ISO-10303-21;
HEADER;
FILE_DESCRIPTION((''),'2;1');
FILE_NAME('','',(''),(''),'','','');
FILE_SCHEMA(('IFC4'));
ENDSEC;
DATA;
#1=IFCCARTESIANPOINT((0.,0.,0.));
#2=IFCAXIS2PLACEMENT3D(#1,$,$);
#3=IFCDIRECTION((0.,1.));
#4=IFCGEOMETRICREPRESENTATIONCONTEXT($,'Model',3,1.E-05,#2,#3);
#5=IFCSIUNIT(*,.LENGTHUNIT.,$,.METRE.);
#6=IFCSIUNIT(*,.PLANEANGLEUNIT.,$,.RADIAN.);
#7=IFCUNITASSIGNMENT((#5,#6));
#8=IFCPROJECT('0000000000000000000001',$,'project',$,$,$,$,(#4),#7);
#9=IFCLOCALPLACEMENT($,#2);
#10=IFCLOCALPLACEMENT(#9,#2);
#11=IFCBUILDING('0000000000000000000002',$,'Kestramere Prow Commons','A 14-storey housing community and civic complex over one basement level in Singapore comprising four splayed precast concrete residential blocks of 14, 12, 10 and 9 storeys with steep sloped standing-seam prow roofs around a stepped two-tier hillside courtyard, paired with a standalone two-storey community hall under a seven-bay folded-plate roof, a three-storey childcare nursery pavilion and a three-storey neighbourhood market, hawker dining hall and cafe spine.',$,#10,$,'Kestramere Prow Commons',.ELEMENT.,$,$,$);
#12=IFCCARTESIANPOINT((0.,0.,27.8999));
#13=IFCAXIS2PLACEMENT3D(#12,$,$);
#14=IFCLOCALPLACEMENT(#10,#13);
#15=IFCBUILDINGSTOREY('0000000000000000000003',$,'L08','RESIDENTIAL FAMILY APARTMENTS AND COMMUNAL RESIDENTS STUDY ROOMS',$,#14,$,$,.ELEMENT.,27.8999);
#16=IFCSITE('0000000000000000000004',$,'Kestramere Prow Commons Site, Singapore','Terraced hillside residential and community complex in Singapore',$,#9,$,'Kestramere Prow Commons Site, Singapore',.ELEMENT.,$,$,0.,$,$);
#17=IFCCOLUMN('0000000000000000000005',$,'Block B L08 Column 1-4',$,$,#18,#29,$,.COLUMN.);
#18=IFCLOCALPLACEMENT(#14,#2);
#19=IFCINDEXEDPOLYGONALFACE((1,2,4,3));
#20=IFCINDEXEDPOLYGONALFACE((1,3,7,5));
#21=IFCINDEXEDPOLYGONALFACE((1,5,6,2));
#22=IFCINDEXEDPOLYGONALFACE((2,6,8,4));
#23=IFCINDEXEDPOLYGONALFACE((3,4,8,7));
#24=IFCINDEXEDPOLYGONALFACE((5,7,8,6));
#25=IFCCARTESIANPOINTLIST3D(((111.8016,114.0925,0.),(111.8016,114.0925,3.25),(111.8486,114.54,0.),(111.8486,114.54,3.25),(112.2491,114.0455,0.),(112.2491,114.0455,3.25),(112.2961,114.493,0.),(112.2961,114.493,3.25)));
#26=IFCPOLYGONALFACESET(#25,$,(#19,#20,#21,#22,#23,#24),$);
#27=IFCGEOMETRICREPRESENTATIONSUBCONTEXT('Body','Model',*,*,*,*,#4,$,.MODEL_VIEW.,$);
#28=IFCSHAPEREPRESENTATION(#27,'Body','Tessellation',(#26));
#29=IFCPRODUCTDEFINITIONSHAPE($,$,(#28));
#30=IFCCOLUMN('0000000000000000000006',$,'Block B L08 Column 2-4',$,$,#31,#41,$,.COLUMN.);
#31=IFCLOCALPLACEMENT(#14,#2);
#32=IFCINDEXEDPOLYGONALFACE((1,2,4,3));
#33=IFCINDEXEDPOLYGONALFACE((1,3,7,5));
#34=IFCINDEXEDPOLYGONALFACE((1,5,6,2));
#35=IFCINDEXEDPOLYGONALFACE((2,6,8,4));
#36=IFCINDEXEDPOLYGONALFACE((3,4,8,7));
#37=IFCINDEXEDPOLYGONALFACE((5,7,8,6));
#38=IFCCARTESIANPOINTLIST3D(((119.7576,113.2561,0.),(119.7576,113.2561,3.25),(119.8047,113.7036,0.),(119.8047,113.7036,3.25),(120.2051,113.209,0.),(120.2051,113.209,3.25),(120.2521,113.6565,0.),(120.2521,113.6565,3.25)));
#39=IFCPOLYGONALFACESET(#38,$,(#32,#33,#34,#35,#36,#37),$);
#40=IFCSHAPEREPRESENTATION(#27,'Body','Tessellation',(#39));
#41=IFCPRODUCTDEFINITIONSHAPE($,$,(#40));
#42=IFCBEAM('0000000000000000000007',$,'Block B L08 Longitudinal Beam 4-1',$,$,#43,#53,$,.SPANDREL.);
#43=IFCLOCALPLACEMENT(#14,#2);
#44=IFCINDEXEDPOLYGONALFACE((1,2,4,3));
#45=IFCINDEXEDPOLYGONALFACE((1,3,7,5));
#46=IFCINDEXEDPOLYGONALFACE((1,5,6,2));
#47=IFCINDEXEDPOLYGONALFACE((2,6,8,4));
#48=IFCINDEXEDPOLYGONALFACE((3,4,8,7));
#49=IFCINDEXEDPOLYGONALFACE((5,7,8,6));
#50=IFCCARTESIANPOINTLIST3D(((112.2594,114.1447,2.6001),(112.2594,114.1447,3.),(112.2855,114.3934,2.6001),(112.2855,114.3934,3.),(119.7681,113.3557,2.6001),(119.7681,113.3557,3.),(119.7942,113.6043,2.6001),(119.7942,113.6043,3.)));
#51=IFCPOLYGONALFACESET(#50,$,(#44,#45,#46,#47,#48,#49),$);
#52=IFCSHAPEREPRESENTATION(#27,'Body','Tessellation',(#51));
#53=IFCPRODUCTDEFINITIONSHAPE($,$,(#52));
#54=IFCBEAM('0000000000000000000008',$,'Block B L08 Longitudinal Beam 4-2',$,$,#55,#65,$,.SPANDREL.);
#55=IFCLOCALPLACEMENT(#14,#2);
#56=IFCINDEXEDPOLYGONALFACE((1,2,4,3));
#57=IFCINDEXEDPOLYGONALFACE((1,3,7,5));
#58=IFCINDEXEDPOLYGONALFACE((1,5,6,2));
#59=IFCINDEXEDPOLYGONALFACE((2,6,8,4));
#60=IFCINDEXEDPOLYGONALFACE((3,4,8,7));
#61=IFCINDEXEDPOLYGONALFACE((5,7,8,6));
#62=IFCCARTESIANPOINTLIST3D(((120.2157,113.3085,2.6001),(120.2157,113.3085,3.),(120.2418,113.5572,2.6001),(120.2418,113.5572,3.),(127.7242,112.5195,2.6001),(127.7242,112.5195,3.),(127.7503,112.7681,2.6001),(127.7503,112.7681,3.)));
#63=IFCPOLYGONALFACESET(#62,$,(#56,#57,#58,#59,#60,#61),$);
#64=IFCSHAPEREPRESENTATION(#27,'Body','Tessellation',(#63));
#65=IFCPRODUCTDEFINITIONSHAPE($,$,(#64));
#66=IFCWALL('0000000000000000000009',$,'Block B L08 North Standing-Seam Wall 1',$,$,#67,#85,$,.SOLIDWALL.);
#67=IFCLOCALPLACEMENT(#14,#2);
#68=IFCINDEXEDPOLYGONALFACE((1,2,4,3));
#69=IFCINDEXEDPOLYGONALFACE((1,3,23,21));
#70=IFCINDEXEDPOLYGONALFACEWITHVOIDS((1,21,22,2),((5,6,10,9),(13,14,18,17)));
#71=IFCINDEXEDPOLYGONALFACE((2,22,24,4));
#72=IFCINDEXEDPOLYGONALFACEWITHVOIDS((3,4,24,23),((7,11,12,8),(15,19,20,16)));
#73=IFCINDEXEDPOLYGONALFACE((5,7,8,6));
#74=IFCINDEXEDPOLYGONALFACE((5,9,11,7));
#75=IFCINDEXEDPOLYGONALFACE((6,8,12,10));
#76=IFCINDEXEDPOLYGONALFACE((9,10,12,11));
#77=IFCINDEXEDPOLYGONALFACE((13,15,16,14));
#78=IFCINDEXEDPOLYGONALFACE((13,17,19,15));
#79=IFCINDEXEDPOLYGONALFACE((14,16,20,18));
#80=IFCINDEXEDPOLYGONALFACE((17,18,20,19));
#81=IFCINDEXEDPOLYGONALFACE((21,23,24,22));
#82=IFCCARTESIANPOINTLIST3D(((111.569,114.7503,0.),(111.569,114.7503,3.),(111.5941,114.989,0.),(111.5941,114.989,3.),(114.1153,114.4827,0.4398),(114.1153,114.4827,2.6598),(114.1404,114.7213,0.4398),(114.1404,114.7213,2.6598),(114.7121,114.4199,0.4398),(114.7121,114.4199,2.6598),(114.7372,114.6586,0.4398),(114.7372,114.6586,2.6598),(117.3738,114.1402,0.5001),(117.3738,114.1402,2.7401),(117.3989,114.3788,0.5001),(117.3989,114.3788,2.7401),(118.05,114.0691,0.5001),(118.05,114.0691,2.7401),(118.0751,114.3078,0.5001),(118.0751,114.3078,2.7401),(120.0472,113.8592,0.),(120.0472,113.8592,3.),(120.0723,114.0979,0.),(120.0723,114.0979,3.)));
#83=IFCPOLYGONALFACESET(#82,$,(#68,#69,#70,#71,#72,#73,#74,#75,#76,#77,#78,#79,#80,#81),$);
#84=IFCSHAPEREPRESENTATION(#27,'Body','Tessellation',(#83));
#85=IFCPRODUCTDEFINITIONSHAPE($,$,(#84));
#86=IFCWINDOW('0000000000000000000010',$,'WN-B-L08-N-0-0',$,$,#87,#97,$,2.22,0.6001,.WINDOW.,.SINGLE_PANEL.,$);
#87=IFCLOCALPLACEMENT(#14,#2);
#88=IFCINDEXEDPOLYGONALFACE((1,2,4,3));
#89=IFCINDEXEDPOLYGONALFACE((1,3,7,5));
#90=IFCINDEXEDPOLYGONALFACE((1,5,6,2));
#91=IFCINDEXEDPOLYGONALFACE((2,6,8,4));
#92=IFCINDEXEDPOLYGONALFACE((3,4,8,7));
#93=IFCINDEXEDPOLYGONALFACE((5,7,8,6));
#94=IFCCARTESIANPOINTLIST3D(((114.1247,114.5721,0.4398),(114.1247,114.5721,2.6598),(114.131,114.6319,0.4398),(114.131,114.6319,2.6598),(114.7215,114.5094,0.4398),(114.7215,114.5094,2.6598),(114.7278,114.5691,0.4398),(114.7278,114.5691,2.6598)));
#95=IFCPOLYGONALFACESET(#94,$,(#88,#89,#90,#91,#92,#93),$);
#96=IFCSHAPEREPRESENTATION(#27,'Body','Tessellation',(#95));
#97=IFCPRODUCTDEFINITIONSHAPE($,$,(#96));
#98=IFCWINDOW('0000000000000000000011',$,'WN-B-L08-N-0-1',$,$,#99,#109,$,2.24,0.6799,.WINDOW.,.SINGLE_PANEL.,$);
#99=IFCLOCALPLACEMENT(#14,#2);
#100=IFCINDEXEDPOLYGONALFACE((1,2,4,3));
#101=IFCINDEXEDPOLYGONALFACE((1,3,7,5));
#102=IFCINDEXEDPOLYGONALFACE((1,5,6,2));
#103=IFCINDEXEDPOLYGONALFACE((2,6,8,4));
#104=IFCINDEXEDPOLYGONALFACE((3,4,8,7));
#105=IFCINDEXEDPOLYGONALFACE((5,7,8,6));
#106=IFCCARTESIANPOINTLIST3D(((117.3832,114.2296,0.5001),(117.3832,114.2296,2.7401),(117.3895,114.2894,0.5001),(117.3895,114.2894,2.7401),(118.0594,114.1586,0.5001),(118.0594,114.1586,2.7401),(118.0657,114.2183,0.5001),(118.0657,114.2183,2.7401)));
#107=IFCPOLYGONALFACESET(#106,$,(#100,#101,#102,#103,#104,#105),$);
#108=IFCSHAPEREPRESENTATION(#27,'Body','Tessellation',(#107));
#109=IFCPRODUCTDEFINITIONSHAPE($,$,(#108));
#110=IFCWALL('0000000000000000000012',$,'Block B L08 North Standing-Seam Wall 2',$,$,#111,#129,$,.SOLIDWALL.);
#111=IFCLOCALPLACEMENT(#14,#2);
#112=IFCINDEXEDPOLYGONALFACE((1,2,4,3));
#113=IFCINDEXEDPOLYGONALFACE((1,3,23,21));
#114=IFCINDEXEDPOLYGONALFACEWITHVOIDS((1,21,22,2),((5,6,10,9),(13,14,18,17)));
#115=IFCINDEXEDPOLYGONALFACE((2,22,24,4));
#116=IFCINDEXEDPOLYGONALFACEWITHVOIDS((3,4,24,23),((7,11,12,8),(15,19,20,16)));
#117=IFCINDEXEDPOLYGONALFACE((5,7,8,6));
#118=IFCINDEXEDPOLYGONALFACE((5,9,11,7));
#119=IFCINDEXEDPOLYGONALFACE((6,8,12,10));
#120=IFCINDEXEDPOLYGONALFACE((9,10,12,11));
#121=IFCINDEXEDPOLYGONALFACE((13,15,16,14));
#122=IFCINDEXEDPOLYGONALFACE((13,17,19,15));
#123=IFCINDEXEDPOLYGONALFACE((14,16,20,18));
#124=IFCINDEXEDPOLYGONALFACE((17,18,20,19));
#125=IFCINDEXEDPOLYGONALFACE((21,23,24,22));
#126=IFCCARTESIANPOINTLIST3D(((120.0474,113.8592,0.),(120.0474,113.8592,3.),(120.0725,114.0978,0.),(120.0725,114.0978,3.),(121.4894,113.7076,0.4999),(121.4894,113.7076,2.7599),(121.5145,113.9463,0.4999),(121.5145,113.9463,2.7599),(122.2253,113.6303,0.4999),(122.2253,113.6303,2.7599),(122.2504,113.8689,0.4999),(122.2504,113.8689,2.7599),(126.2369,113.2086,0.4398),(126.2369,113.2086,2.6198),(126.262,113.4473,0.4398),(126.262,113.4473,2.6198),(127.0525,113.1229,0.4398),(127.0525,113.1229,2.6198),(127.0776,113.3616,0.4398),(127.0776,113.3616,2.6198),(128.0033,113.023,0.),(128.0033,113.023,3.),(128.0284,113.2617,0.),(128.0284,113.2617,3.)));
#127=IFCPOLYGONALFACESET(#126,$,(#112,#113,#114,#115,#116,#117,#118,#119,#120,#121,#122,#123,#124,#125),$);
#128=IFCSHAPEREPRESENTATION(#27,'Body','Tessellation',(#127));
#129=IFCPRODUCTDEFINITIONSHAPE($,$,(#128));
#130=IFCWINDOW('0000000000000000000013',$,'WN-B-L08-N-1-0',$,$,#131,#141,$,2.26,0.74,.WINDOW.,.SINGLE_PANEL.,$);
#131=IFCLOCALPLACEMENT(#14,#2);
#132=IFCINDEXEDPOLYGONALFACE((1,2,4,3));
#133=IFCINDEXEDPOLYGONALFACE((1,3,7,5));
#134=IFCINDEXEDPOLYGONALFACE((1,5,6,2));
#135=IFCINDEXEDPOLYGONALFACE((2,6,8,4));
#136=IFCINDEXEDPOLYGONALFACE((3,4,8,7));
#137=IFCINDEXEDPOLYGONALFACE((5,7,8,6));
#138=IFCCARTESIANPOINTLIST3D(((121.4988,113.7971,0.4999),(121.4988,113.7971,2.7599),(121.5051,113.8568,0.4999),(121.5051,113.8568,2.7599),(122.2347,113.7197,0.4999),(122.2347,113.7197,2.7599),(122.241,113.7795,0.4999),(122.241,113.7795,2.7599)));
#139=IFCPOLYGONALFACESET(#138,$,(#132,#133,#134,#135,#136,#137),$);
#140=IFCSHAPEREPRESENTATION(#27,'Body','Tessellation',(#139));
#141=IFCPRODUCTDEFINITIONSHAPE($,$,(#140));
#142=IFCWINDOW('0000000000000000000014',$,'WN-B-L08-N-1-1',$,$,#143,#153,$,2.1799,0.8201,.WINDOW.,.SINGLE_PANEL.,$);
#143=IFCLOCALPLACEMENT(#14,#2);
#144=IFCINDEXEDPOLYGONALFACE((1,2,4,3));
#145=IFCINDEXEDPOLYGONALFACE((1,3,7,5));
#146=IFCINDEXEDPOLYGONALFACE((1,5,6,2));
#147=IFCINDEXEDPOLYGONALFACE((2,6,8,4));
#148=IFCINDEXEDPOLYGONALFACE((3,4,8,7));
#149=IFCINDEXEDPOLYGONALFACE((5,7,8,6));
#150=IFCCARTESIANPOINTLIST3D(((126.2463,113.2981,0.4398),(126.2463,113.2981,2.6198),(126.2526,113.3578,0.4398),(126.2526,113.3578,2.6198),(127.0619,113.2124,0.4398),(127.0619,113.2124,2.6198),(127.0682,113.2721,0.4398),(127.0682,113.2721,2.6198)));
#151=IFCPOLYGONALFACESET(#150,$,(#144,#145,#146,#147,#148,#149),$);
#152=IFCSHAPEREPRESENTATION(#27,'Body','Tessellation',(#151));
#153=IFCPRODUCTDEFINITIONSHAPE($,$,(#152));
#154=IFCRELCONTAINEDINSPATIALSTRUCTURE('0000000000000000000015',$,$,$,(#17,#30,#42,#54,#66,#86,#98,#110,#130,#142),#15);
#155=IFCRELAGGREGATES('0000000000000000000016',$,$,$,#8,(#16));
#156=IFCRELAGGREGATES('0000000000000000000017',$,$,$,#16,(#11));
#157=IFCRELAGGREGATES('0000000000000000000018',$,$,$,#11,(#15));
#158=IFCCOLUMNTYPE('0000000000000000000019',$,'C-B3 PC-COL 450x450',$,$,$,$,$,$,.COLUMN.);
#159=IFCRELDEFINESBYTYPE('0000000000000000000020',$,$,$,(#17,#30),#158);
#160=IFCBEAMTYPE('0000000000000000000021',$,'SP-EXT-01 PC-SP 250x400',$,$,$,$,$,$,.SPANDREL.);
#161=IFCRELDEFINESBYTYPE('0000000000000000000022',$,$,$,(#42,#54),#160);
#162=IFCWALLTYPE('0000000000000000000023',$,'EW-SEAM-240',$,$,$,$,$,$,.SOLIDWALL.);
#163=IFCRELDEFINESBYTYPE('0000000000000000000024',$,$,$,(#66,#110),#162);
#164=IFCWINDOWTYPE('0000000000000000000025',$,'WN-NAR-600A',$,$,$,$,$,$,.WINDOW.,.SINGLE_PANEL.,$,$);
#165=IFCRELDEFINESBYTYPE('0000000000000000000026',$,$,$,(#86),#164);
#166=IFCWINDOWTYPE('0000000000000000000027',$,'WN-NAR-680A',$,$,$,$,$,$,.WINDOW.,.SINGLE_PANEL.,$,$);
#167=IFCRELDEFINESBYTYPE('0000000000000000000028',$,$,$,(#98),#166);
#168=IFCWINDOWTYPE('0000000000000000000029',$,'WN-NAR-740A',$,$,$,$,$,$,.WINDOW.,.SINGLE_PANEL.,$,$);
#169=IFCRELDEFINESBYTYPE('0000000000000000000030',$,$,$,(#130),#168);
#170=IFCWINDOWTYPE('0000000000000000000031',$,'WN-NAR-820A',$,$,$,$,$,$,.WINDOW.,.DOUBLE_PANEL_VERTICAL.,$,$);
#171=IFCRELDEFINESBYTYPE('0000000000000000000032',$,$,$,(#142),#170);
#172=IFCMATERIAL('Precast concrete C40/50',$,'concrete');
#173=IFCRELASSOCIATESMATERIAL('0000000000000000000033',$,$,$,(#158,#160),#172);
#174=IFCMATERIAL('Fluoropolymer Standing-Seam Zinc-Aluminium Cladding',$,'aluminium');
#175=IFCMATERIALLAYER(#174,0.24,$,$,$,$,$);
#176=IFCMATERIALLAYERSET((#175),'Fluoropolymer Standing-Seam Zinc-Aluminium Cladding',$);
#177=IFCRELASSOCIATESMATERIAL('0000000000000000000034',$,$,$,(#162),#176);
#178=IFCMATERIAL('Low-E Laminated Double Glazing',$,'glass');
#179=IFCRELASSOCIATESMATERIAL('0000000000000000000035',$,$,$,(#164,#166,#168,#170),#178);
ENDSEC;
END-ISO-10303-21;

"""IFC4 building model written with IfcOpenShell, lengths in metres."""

from ifc_helpers import new_model, si_unit, direction, frame, frame_2d, origin, origin_2d, place, context, subcontext, project, spatial, rectangle, extrude, material, layer, layer_set, material_profile, profile_set, type_object, element, fill, save


model = new_model("IFC4")

# Units and contexts
model_context = context("Model", 3, precision=1e-05, world=origin(), true_north=direction((0.0, 1.0)))
body_context = subcontext(model_context, "Body", "Model", "MODEL_VIEW")
ifc_project = project(units=[si_unit("LENGTHUNIT", "METRE"), si_unit("PLANEANGLEUNIT", "RADIAN")], contexts=[model_context])

# Site, building, storey
site_placement = place(None, origin())
site = spatial("IfcSite", under=ifc_project, at=site_placement, Name="Kestramere Prow Commons Site, Singapore", Description="Terraced hillside residential and community complex in Singapore", LongName="Kestramere Prow Commons Site, Singapore", CompositionType="ELEMENT", RefElevation=0.0)
building_placement = place(site_placement, origin())
building = spatial("IfcBuilding", under=site, at=building_placement, Name="Kestramere Prow Commons", Description="A 14-storey housing community and civic complex over one basement level in Singapore comprising four splayed precast concrete residential blocks of 14, 12, 10 and 9 storeys with steep sloped standing-seam prow roofs around a stepped two-tier hillside courtyard, paired with a standalone two-storey community hall under a seven-bay folded-plate roof, a three-storey childcare nursery pavilion and a three-storey neighbourhood market, hawker dining hall and cafe spine.", LongName="Kestramere Prow Commons", CompositionType="ELEMENT")
storey_placement = place(building_placement, frame((0.0, 0.0, 27.8999)))
storey = spatial("IfcBuildingStorey", under=building, at=storey_placement, Name="L08", Description="RESIDENTIAL FAMILY APARTMENTS AND COMMUNAL RESIDENTS STUDY ROOMS", CompositionType="ELEMENT", Elevation=27.8999)

# Columns
ifc_material_1 = material(Name="Precast concrete C40/50", Category="concrete")
ifc_material_profile_1 = material_profile(ifc_material_1, rectangle(XDim=0.45, YDim=0.45, at=origin_2d()), Name="PC-COL 450x450")
ifc_profile_set_1 = profile_set([ifc_material_profile_1], Name="Precast concrete C40/50")
column_type = type_object("IfcColumnType", Name="C-B3 PC-COL 450x450", PredefinedType="COLUMN", material=ifc_profile_set_1)
for number, where, z_axis, x_axis, name in (
    (1, (112.0488, 114.2927, 0.0), (0.0, 0.0, 1.0), (0.994522, -0.104528, 0.0), "Block B L08 Column 1-4"),
    (2, (120.0049, 113.4563, 0.0), (0.0, 0.0, 1.0), (0.994522, -0.104528, 0.0), "Block B L08 Column 2-4"),
):
    element("IfcColumn", number, at=place(storey_placement, frame(where, z_axis=z_axis, x_axis=x_axis)), inside=storey, type_object=column_type, Name=name, PredefinedType="COLUMN", context=body_context, shape_type="SweptSolid", body=[
        extrude(rectangle(XDim=0.45, YDim=0.45, at=origin_2d()), origin(), (0.0, 0.0, 1.0), 3.25),
    ])

# Beams
ifc_material_profile_2 = material_profile(ifc_material_1, rectangle(XDim=0.25, YDim=0.3999, at=origin_2d()), Name="PC-SP 250x400")
ifc_profile_set_2 = profile_set([ifc_material_profile_2], Name="Precast concrete C40/50")
beam_type = type_object("IfcBeamType", Name="SP-EXT-01 PC-SP 250x400", PredefinedType="SPANDREL", material=ifc_profile_set_2)
beam_1_placement = place(storey_placement, frame((112.2725, 114.269, 2.8), z_axis=(0.994524, -0.10451, 0.0), x_axis=(0.10451, 0.994524, 0.0)))
element("IfcBeam", 3, at=beam_1_placement, inside=storey, type_object=beam_type, Name="Block B L08 Longitudinal Beam 4-1", PredefinedType="SPANDREL", context=body_context, shape_type="SweptSolid", body=[
    extrude(rectangle(XDim=0.25, YDim=0.3999, at=origin_2d()), origin(), (0.0, 0.0, 1.0), 7.55),
])
beam_2_placement = place(storey_placement, frame((120.2288, 113.4329, 2.8), z_axis=(0.994524, -0.104513, 0.0), x_axis=(0.104513, 0.994524, 0.0)))
element("IfcBeam", 4, at=beam_2_placement, inside=storey, type_object=beam_type, Name="Block B L08 Longitudinal Beam 4-2", PredefinedType="SPANDREL", context=body_context, shape_type="SweptSolid", body=[
    extrude(rectangle(XDim=0.25, YDim=0.3999, at=origin_2d()), origin(), (0.0, 0.0, 1.0), 7.5498),
])

# Walls, openings, windows
ifc_material_2 = material(Name="Fluoropolymer Standing-Seam Zinc-Aluminium Cladding", Category="aluminium")
ifc_layer_1 = layer(ifc_material_2, 0.24)
ifc_layer_set_1 = layer_set([ifc_layer_1], Name="Fluoropolymer Standing-Seam Zinc-Aluminium Cladding")
wall_type_1 = type_object("IfcWallType", Name="EW-SEAM-240", PredefinedType="SOLIDWALL", material=ifc_layer_set_1)
wall_1_placement = place(storey_placement, frame((111.5815, 114.8696, 0.0), z_axis=(0.0, 0.0, 1.0), x_axis=(0.994522, -0.10453, 0.0)))
wall_1 = element("IfcWall", 5, at=wall_1_placement, inside=storey, type_object=wall_type_1, Name="Block B L08 North Standing-Seam Wall 1", PredefinedType="SOLIDWALL", context=body_context, shape_type="SweptSolid", body=[
    extrude(rectangle(XDim=8.5249, YDim=0.24, at=frame_2d((4.2625, 0.0))), origin(), (0.0, 0.0, 1.0), 3.0),
])
opening_1_placement = place(wall_1_placement, frame((2.5603, 0.0, 0.4399)))
opening_1 = element("IfcOpeningElement", 6, at=opening_1_placement, cuts=wall_1, PredefinedType="OPENING", context=body_context, shape_type="SweptSolid", body=[
    extrude(rectangle(XDim=0.6001, YDim=2.22, at=frame_2d((0.3, 1.1099))), frame((0.0, 0.135, 0.0), z_axis=(0.0, -1.0, 0.0), x_axis=(1.0, 0.0, 0.0)), (0.0, 0.0, 1.0), 0.27),
])
opening_2_placement = place(wall_1_placement, frame((5.8369, 0.0, 0.5)))
opening_2 = element("IfcOpeningElement", 7, at=opening_2_placement, cuts=wall_1, PredefinedType="OPENING", context=body_context, shape_type="SweptSolid", body=[
    extrude(rectangle(XDim=0.6799, YDim=2.24, at=frame_2d((0.3398, 1.1201))), frame((0.0, 0.135, 0.0), z_axis=(0.0, -1.0, 0.0), x_axis=(1.0, 0.0, 0.0)), (0.0, 0.0, 1.0), 0.27),
])
ifc_material_3 = material(Name="Low-E Laminated Double Glazing", Category="glass")
window_type_1 = type_object("IfcWindowType", Name="WN-NAR-600A", PartitioningType="SINGLE_PANEL", PredefinedType="WINDOW", material=ifc_material_3)
window_1_placement = place(opening_1_placement, origin())
window_1 = element("IfcWindow", 8, at=window_1_placement, inside=storey, type_object=window_type_1, Name="WN-B-L08-N-0-0", OverallHeight=2.22, OverallWidth=0.6001, PartitioningType="SINGLE_PANEL", PredefinedType="WINDOW", context=body_context, shape_type="SweptSolid", body=[
    extrude(rectangle(XDim=0.6001, YDim=2.22, at=frame_2d((0.3, 1.1099))), frame((0.0, 0.03, 0.0), z_axis=(0.0, -1.0, 0.0), x_axis=(1.0, 0.0, 0.0)), (0.0, 0.0, 1.0), 0.0601),
])
fill(opening_1, window_1)
window_type_2 = type_object("IfcWindowType", Name="WN-NAR-680A", PartitioningType="SINGLE_PANEL", PredefinedType="WINDOW", material=ifc_material_3)
window_2_placement = place(opening_2_placement, origin())
window_2 = element("IfcWindow", 9, at=window_2_placement, inside=storey, type_object=window_type_2, Name="WN-B-L08-N-0-1", OverallHeight=2.24, OverallWidth=0.6799, PartitioningType="SINGLE_PANEL", PredefinedType="WINDOW", context=body_context, shape_type="SweptSolid", body=[
    extrude(rectangle(XDim=0.6799, YDim=2.24, at=frame_2d((0.3398, 1.1201))), frame((0.0, 0.03, 0.0), z_axis=(0.0, -1.0, 0.0), x_axis=(1.0, 0.0, 0.0)), (0.0, 0.0, 1.0), 0.0601),
])
fill(opening_2, window_2)
wall_2_placement = place(storey_placement, frame((120.0598, 113.9785, 0.0), z_axis=(0.0, 0.0, 1.0), x_axis=(0.994522, -0.104524, 0.0)))
wall_2 = element("IfcWall", 10, at=wall_2_placement, inside=storey, type_object=wall_type_1, Name="Block B L08 North Standing-Seam Wall 2", PredefinedType="SOLIDWALL", context=body_context, shape_type="SweptSolid", body=[
    extrude(rectangle(XDim=7.9998, YDim=0.24, at=frame_2d((4.0, 0.0))), origin(), (0.0, 0.0, 1.0), 3.0),
])
opening_3_placement = place(wall_2_placement, frame((1.45, 0.0, 0.5)))
opening_3 = element("IfcOpeningElement", 11, at=opening_3_placement, cuts=wall_2, PredefinedType="OPENING", context=body_context, shape_type="SweptSolid", body=[
    extrude(rectangle(XDim=0.74, YDim=2.26, at=frame_2d((0.3701, 1.1299))), frame((0.0, 0.135, 0.0), z_axis=(0.0, -1.0, 0.0), x_axis=(1.0, 0.0, 0.0)), (0.0, 0.0, 1.0), 0.27),
])
opening_4_placement = place(wall_2_placement, frame((6.2236, 0.0, 0.4399)))
opening_4 = element("IfcOpeningElement", 12, at=opening_4_placement, cuts=wall_2, PredefinedType="OPENING", context=body_context, shape_type="SweptSolid", body=[
    extrude(rectangle(XDim=0.8201, YDim=2.1799, at=frame_2d((0.4102, 1.0898))), frame((0.0, 0.135, 0.0), z_axis=(0.0, -1.0, 0.0), x_axis=(1.0, 0.0, 0.0)), (0.0, 0.0, 1.0), 0.27),
])
window_type_3 = type_object("IfcWindowType", Name="WN-NAR-740A", PartitioningType="SINGLE_PANEL", PredefinedType="WINDOW", material=ifc_material_3)
window_3_placement = place(opening_3_placement, origin())
window_3 = element("IfcWindow", 13, at=window_3_placement, inside=storey, type_object=window_type_3, Name="WN-B-L08-N-1-0", OverallHeight=2.26, OverallWidth=0.74, PartitioningType="SINGLE_PANEL", PredefinedType="WINDOW", context=body_context, shape_type="SweptSolid", body=[
    extrude(rectangle(XDim=0.74, YDim=2.26, at=frame_2d((0.3701, 1.1299))), frame((0.0, 0.03, 0.0), z_axis=(0.0, -1.0, 0.0), x_axis=(1.0, 0.0, 0.0)), (0.0, 0.0, 1.0), 0.0601),
])
fill(opening_3, window_3)
window_type_4 = type_object("IfcWindowType", Name="WN-NAR-820A", PartitioningType="DOUBLE_PANEL_VERTICAL", PredefinedType="WINDOW", material=ifc_material_3)
window_4_placement = place(opening_4_placement, origin())
window_4 = element("IfcWindow", 14, at=window_4_placement, inside=storey, type_object=window_type_4, Name="WN-B-L08-N-1-1", OverallHeight=2.1799, OverallWidth=0.8201, PartitioningType="SINGLE_PANEL", PredefinedType="WINDOW", context=body_context, shape_type="SweptSolid", body=[
    extrude(rectangle(XDim=0.8201, YDim=2.1799, at=frame_2d((0.4102, 1.0898))), frame((0.0, 0.03, 0.0), z_axis=(0.0, -1.0, 0.0), x_axis=(1.0, 0.0, 0.0)), (0.0, 0.0, 1.0), 0.0601),
])
fill(opening_4, window_4)

save(model, "model.ifc")
